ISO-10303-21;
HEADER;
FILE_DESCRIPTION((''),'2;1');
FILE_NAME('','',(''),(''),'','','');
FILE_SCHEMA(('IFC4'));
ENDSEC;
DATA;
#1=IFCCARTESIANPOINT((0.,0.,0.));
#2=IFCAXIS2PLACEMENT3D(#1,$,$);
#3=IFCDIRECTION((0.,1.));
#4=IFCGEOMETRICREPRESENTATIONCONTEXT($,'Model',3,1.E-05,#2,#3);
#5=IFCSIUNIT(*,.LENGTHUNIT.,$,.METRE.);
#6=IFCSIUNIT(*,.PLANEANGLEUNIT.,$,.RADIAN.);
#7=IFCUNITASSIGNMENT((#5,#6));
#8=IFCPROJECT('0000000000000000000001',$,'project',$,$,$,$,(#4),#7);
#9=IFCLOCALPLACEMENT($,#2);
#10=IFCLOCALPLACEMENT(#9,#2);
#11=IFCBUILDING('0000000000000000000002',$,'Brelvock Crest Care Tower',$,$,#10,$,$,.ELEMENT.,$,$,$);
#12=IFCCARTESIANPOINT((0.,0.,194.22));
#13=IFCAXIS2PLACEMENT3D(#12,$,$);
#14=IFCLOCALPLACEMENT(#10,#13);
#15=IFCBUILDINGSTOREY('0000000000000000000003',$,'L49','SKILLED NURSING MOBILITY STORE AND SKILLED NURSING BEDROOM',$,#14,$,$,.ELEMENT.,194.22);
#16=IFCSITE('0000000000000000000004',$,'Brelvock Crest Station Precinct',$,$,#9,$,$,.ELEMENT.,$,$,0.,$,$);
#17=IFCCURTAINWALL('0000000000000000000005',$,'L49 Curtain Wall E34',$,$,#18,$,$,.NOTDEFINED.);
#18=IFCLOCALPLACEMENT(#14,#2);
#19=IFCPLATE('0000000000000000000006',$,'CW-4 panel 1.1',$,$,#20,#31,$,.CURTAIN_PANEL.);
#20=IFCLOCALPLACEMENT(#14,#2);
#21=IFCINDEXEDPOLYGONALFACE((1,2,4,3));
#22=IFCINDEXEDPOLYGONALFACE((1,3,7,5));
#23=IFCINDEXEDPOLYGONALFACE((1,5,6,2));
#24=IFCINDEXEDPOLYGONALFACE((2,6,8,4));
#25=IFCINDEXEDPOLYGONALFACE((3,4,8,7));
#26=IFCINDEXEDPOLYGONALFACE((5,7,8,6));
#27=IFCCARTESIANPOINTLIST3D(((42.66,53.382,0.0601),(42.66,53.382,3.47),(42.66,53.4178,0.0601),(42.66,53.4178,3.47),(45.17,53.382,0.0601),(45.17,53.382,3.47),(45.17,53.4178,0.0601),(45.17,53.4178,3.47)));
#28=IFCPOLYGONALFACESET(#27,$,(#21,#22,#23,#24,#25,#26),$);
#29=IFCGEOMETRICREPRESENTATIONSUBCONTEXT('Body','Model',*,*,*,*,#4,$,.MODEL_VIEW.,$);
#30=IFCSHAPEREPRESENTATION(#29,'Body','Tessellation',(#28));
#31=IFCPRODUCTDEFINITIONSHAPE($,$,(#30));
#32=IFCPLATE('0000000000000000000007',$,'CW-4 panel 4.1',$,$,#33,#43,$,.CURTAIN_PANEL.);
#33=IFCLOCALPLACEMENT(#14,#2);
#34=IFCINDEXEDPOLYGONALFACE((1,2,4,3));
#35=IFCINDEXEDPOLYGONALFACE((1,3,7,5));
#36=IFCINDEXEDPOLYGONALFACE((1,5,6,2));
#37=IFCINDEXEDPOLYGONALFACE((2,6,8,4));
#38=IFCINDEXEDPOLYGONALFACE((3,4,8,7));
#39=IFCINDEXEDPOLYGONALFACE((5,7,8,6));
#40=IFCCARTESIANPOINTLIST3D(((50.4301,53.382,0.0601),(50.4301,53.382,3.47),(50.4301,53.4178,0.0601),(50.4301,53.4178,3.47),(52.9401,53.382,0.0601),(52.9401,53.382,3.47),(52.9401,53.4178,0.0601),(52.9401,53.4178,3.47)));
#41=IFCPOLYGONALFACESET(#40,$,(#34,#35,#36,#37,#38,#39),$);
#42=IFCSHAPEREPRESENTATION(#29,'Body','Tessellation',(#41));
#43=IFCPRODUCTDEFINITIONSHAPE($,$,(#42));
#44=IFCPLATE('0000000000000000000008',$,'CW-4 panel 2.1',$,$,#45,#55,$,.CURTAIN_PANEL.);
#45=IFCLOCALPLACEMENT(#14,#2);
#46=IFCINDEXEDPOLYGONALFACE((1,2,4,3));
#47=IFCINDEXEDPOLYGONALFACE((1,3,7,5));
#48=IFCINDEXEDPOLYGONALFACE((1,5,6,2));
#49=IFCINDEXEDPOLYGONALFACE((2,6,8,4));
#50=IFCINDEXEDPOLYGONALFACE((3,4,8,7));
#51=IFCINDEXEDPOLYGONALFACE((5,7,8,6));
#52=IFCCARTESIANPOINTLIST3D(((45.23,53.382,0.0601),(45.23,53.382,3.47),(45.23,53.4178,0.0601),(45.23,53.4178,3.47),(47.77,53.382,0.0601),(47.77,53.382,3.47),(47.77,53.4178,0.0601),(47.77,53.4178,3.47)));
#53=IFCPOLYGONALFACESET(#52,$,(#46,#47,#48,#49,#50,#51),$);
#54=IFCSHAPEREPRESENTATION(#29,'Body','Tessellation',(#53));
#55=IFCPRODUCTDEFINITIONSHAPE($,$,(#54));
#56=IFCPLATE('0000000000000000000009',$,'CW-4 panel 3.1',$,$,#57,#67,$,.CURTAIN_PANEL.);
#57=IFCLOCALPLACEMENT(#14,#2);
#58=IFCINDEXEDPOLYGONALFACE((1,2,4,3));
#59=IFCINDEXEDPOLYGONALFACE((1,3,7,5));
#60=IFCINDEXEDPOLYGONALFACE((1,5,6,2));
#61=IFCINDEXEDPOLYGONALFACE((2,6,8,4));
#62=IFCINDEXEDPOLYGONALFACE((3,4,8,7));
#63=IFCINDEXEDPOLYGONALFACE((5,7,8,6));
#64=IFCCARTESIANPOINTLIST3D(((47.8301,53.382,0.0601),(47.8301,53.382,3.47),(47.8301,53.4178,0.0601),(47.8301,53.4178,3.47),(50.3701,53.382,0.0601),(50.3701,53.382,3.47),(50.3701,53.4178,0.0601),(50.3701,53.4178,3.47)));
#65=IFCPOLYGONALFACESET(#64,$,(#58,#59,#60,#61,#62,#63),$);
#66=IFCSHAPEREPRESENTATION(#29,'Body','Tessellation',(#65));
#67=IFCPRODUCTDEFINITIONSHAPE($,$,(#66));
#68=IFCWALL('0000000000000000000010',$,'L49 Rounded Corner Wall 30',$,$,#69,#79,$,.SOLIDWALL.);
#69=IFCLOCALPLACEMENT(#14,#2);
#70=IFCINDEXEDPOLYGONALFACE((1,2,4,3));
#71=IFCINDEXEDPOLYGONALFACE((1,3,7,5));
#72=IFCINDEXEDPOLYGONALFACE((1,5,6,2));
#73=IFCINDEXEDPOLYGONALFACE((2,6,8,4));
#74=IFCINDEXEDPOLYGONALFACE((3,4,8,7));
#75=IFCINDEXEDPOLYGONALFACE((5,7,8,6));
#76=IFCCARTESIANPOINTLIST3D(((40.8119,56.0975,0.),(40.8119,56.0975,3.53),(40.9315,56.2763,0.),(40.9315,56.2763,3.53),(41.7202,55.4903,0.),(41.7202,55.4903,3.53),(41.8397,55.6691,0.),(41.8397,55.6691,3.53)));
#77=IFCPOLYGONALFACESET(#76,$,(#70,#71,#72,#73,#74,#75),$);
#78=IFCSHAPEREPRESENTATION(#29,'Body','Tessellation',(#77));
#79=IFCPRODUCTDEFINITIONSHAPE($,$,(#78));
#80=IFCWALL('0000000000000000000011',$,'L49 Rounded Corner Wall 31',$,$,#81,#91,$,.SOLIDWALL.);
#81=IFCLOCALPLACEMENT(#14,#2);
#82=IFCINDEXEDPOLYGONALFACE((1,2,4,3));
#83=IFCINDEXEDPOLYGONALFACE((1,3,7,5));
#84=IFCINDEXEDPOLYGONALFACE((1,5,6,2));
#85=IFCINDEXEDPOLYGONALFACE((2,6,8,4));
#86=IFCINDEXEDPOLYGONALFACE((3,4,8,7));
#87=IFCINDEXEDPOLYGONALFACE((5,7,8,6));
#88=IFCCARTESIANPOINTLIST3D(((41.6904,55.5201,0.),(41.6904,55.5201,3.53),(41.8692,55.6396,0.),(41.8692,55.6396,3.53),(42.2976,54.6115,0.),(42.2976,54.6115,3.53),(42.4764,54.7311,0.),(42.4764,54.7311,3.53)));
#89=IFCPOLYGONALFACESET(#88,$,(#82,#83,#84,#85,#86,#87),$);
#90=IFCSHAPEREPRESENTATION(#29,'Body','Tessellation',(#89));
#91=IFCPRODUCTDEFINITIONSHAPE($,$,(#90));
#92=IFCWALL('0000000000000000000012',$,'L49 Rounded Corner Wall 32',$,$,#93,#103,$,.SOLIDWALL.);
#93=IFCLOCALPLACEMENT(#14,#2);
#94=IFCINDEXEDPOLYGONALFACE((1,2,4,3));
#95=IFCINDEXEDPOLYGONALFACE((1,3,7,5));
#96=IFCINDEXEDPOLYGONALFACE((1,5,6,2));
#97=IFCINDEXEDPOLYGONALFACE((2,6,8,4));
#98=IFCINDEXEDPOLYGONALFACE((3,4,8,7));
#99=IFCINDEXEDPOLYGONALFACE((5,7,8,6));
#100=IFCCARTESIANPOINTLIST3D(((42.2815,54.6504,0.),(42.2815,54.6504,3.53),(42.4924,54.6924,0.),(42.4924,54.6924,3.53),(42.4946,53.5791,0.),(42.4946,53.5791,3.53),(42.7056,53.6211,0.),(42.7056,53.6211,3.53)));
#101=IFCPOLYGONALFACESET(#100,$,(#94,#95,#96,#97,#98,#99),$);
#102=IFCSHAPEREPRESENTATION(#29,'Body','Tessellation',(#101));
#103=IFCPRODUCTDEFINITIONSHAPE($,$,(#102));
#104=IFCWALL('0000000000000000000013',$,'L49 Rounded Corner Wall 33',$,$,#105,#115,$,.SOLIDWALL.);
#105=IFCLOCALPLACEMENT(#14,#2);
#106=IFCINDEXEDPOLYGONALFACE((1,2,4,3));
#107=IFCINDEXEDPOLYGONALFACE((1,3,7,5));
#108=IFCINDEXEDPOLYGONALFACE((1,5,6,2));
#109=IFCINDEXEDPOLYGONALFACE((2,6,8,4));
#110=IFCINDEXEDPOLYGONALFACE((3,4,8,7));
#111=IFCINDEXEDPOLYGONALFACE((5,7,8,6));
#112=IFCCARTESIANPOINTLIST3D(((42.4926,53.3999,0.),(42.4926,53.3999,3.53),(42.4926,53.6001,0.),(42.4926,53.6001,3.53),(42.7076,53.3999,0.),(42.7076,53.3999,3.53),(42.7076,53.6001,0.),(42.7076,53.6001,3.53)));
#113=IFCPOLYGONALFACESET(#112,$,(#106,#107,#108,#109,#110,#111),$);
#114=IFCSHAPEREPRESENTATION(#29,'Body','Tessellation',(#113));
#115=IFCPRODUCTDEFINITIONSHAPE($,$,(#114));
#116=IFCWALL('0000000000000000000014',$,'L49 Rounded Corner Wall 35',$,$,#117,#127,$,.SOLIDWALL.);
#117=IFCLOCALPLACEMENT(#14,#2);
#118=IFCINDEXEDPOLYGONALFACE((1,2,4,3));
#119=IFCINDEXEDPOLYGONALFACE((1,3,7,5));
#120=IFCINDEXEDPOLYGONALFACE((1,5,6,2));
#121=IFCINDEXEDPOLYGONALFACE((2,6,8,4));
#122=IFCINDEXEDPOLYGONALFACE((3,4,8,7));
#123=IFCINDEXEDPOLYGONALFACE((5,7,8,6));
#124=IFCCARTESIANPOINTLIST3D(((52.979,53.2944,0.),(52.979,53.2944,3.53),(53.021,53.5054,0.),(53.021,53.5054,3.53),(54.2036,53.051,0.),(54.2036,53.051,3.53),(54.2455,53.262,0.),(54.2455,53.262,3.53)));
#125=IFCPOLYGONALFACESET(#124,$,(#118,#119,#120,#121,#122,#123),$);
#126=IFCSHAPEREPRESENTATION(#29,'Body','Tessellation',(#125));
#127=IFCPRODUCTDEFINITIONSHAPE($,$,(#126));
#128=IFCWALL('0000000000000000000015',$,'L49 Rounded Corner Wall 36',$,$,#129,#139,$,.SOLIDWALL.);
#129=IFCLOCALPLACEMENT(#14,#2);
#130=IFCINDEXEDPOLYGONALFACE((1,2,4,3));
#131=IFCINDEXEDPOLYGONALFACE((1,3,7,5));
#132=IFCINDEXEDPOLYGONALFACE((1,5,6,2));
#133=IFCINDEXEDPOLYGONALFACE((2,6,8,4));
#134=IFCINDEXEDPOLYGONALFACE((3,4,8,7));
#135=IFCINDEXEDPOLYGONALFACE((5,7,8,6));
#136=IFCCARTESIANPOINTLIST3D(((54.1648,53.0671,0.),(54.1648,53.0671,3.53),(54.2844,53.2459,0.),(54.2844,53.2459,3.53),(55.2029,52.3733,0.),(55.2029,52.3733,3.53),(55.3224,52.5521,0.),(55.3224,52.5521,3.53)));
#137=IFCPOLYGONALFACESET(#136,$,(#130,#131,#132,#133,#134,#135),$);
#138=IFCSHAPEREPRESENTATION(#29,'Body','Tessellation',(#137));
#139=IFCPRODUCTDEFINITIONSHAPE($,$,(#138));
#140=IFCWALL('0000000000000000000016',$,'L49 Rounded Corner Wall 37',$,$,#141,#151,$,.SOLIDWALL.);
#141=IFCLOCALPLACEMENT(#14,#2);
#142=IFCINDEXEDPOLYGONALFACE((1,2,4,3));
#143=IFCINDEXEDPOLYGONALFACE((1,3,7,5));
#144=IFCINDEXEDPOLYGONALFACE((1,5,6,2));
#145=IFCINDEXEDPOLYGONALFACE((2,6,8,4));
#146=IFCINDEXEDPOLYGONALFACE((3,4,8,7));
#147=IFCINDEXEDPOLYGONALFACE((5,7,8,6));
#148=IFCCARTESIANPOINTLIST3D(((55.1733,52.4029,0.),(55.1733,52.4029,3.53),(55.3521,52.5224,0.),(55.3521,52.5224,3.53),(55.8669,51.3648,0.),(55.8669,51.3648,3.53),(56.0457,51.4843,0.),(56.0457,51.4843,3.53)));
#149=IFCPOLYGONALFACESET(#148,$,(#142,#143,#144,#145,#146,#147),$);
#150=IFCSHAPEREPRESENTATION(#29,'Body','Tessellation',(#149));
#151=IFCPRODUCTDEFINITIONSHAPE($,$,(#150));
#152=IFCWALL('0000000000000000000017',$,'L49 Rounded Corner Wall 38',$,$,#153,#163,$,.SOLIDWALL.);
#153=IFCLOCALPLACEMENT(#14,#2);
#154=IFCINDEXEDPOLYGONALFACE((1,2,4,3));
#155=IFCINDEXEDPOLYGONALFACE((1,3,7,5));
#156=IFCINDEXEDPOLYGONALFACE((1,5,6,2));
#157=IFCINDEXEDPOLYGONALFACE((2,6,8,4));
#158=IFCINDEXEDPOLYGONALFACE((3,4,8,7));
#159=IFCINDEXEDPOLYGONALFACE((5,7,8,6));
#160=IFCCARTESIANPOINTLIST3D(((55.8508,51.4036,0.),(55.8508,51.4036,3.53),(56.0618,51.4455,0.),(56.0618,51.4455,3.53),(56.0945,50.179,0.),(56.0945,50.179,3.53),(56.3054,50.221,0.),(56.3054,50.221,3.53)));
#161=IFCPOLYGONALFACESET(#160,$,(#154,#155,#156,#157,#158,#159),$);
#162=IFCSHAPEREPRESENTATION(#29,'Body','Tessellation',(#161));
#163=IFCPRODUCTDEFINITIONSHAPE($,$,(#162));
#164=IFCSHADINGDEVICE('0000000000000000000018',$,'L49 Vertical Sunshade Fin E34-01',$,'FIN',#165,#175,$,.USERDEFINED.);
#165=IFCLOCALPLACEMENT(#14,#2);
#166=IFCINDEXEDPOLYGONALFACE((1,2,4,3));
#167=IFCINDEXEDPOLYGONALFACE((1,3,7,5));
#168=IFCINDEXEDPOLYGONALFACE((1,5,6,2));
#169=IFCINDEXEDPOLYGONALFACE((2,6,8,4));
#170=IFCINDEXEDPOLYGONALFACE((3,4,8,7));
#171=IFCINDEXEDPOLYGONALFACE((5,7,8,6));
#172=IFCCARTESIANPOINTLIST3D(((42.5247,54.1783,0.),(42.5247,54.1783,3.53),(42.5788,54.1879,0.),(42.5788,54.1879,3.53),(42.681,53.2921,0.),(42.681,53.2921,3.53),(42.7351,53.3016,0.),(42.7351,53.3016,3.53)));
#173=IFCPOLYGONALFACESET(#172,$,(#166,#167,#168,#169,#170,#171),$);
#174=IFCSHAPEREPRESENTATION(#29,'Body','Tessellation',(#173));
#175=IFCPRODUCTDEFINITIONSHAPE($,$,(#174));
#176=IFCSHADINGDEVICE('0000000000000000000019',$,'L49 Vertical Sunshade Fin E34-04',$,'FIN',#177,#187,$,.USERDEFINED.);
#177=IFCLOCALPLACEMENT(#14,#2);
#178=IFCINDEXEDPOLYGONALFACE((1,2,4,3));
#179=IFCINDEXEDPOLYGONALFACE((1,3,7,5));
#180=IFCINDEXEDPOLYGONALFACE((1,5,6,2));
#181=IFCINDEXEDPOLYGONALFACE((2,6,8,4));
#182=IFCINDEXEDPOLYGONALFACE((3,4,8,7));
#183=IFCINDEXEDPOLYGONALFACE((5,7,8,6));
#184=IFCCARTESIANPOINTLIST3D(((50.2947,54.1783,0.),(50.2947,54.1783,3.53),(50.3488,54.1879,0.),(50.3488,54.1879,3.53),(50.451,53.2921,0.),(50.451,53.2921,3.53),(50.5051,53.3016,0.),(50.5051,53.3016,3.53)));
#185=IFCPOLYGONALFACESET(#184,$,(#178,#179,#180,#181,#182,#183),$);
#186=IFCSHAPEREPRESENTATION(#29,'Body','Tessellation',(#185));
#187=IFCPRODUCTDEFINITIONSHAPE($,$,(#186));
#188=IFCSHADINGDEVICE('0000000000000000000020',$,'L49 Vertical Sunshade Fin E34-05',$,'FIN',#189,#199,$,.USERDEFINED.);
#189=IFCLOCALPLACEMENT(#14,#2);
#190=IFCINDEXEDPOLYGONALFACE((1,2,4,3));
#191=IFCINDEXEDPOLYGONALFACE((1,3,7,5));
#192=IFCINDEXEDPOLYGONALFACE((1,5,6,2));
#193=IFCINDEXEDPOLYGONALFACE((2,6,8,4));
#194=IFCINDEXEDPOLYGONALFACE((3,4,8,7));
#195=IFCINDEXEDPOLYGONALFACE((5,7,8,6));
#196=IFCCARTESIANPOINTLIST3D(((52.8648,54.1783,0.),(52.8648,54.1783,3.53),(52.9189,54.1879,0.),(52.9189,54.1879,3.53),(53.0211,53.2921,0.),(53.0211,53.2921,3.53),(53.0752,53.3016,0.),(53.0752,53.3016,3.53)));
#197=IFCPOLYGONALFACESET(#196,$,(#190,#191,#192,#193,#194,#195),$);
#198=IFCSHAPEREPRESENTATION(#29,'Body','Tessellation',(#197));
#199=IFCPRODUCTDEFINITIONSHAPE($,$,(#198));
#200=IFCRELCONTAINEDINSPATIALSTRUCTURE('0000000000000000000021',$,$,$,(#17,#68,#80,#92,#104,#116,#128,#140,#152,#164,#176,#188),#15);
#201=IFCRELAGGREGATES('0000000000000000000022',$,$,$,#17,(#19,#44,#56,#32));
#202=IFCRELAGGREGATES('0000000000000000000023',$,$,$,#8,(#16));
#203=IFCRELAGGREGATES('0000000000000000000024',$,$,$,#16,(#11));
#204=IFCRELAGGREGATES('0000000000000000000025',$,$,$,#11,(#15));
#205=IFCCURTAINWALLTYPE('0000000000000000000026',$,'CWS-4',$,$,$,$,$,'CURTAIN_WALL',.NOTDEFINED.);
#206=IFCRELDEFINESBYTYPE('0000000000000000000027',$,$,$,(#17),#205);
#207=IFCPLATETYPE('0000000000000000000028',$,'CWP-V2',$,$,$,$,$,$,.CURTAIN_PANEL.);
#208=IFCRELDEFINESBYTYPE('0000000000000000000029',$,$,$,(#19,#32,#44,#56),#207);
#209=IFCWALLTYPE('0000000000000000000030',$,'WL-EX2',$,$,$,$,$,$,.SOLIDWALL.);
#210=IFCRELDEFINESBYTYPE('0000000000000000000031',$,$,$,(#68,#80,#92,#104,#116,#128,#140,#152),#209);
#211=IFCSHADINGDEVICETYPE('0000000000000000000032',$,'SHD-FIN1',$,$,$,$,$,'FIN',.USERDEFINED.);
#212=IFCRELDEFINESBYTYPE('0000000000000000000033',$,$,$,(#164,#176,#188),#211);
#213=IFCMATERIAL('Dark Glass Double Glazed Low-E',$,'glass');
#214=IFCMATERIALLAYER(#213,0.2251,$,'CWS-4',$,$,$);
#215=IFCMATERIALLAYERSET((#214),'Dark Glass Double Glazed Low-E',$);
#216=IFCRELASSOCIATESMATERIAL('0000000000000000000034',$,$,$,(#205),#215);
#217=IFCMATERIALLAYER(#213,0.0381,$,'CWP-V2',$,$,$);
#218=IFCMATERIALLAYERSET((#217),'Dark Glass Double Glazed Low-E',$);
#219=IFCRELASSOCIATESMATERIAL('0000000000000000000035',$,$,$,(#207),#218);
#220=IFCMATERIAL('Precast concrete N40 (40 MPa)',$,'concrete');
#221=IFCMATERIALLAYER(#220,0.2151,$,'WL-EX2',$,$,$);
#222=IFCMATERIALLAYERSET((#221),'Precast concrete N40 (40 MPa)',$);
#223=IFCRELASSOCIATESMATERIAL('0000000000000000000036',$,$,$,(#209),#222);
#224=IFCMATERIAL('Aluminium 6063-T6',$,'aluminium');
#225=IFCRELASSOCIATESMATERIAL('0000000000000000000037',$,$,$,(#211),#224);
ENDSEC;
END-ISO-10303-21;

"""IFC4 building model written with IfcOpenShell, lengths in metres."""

from ifc_helpers import new_model, si_unit, direction, frame, frame_2d, origin, origin_2d, place, context, subcontext, project, spatial, rectangle, extrude, source, transform, mapped, material, layer, layer_set, material_profile, profile_set, type_object, element, aggregate, save


model = new_model("IFC4")

# Units and contexts
model_context = context("Model", 3, precision=1e-05, world=origin(), true_north=direction((0.0, 1.0)))
body_context = subcontext(model_context, "Body", "Model", "MODEL_VIEW")
ifc_project = project(units=[si_unit("LENGTHUNIT", "METRE"), si_unit("PLANEANGLEUNIT", "RADIAN")], contexts=[model_context])

# Site, building, storey
site_placement = place(None, origin())
site = spatial("IfcSite", under=ifc_project, at=site_placement, Name="Brelvock Crest Station Precinct", CompositionType="ELEMENT", RefElevation=0.0)
building_placement = place(site_placement, origin())
building = spatial("IfcBuilding", under=site, at=building_placement, Name="Brelvock Crest Care Tower", CompositionType="ELEMENT")
storey_placement = place(building_placement, frame((0.0, 0.0, 194.22)))
storey = spatial("IfcBuildingStorey", under=building, at=storey_placement, Name="L49", Description="SKILLED NURSING MOBILITY STORE AND SKILLED NURSING BEDROOM", CompositionType="ELEMENT", Elevation=194.22)

# Curtain wall
ifc_material_1 = material(Name="Dark Glass Double Glazed Low-E", Category="glass")
ifc_layer_1 = layer(ifc_material_1, 0.2251, Name="CWS-4")
ifc_layer_set_1 = layer_set([ifc_layer_1], Name="Dark Glass Double Glazed Low-E")
curtain_wall_type = type_object("IfcCurtainWallType", Name="CWS-4", ElementType="CURTAIN_WALL", PredefinedType="NOTDEFINED", material=ifc_layer_set_1)
curtain_wall_1_placement = place(storey_placement, origin())
curtain_wall_1 = element("IfcCurtainWall", 1, at=curtain_wall_1_placement, inside=storey, type_object=curtain_wall_type, Name="L49 Curtain Wall E34", PredefinedType="NOTDEFINED")
ifc_material_2 = material(Name="Aluminium 6063-T6", Category="aluminium")

# Plates
ifc_layer_2 = layer(ifc_material_1, 0.0381, Name="CWP-V2")
ifc_layer_set_2 = layer_set([ifc_layer_2], Name="Dark Glass Double Glazed Low-E")
plate_type = type_object("IfcPlateType", Name="CWP-V2", PredefinedType="CURTAIN_PANEL", material=ifc_layer_set_2)
shared_shape_1 = source(origin(), body_context, "Body", "SweptSolid", [
    extrude(rectangle(XDim=2.51, YDim=0.0359, at=origin_2d()), origin(), (0.0, 0.0, 1.0), 3.4099),
])
plate_1_placement = place(storey_placement, frame((43.915, 53.3999, 0.0601), z_axis=(0.0, 0.0, 1.0), x_axis=(1.0, 0.0, 0.0)))
plate_1 = element("IfcPlate", 2, at=plate_1_placement, type_object=plate_type, Name="CW-4 panel 1.1", PredefinedType="CURTAIN_PANEL", context=body_context, shape_type="MappedRepresentation", body=[
    mapped(shared_shape_1, transform((0.0, 0.0, 0.0), x_axis=(1.0, 0.0, 0.0), y_axis=(0.0, 1.0, 0.0), z_axis=(0.0, 0.0, 1.0), scale=1.0)),
])
plate_2_placement = place(storey_placement, frame((51.6851, 53.3999, 0.0601), z_axis=(0.0, 0.0, 1.0), x_axis=(1.0, 0.0, 0.0)))
plate_2 = element("IfcPlate", 3, at=plate_2_placement, type_object=plate_type, Name="CW-4 panel 4.1", PredefinedType="CURTAIN_PANEL", context=body_context, shape_type="MappedRepresentation", body=[
    mapped(shared_shape_1, transform((0.0, 0.0, 0.0), x_axis=(1.0, 0.0, 0.0), y_axis=(0.0, 1.0, 0.0), z_axis=(0.0, 0.0, 1.0), scale=1.0)),
])
shared_shape_2 = source(origin(), body_context, "Body", "SweptSolid", [
    extrude(rectangle(XDim=2.54, YDim=0.0359, at=origin_2d()), origin(), (0.0, 0.0, 1.0), 3.4099),
])
plate_3_placement = place(storey_placement, frame((46.5, 53.3999, 0.0601), z_axis=(0.0, 0.0, 1.0), x_axis=(1.0, 0.0, 0.0)))
plate_3 = element("IfcPlate", 4, at=plate_3_placement, type_object=plate_type, Name="CW-4 panel 2.1", PredefinedType="CURTAIN_PANEL", context=body_context, shape_type="MappedRepresentation", body=[
    mapped(shared_shape_2, transform((0.0, 0.0, 0.0), x_axis=(1.0, 0.0, 0.0), y_axis=(0.0, 1.0, 0.0), z_axis=(0.0, 0.0, 1.0), scale=1.0)),
])
plate_4_placement = place(storey_placement, frame((49.1001, 53.3999, 0.0601), z_axis=(0.0, 0.0, 1.0), x_axis=(1.0, 0.0, 0.0)))
plate_4 = element("IfcPlate", 5, at=plate_4_placement, type_object=plate_type, Name="CW-4 panel 3.1", PredefinedType="CURTAIN_PANEL", context=body_context, shape_type="MappedRepresentation", body=[
    mapped(shared_shape_2, transform((0.0, 0.0, 0.0), x_axis=(1.0, 0.0, 0.0), y_axis=(0.0, 1.0, 0.0), z_axis=(0.0, 0.0, 1.0), scale=1.0)),
])
aggregate(curtain_wall_1, [plate_1, plate_3, plate_4, plate_2])

# Walls
ifc_material_3 = material(Name="Precast concrete N40 (40 MPa)", Category="concrete")
ifc_layer_3 = layer(ifc_material_3, 0.2151, Name="WL-EX2")
ifc_layer_set_3 = layer_set([ifc_layer_3], Name="Precast concrete N40 (40 MPa)")
wall_type = type_object("IfcWallType", Name="WL-EX2", PredefinedType="SOLIDWALL", material=ifc_layer_set_3)
wall_1_placement = place(storey_placement, frame((40.8716, 56.187, 0.0), z_axis=(0.0, 0.0, 1.0), x_axis=(0.831328, -0.555783, 0.0)))
element("IfcWall", 6, at=wall_1_placement, inside=storey, type_object=wall_type, Name="L49 Rounded Corner Wall 30", PredefinedType="SOLIDWALL", context=body_context, shape_type="SweptSolid", body=[
    extrude(rectangle(XDim=1.0925, YDim=0.2151, at=frame_2d((0.5464, 0.0))), origin(), (0.0, 0.0, 1.0), 3.53),
])
wall_2_placement = place(storey_placement, frame((41.7798, 55.5798, 0.0), z_axis=(0.0, 0.0, 1.0), x_axis=(0.555679, -0.831397, 0.0)))
element("IfcWall", 7, at=wall_2_placement, inside=storey, type_object=wall_type, Name="L49 Rounded Corner Wall 31", PredefinedType="SOLIDWALL", context=body_context, shape_type="SweptSolid", body=[
    extrude(rectangle(XDim=1.0928, YDim=0.2151, at=frame_2d((0.5464, 0.0))), origin(), (0.0, 0.0, 1.0), 3.53),
])
wall_3_placement = place(storey_placement, frame((42.387, 54.6714, 0.0), z_axis=(0.0, 0.0, 1.0), x_axis=(0.195127, -0.980778, 0.0)))
element("IfcWall", 8, at=wall_3_placement, inside=storey, type_object=wall_type, Name="L49 Rounded Corner Wall 32", PredefinedType="SOLIDWALL", context=body_context, shape_type="SweptSolid", body=[
    extrude(rectangle(XDim=1.0923, YDim=0.2151, at=frame_2d((0.5461, 0.0))), origin(), (0.0, 0.0, 1.0), 3.53),
])
wall_4_placement = place(storey_placement, frame((42.6001, 53.6001, 0.0), z_axis=(0.0, 0.0, 1.0), x_axis=(0.0, -1.0, 0.0)))
element("IfcWall", 9, at=wall_4_placement, inside=storey, type_object=wall_type, Name="L49 Rounded Corner Wall 33", PredefinedType="SOLIDWALL", context=body_context, shape_type="SweptSolid", body=[
    extrude(rectangle(XDim=0.2002, YDim=0.2151, at=frame_2d((0.1001, 0.0))), origin(), (0.0, 0.0, 1.0), 3.53),
])
for number, where, z_axis, x_axis, name in (
    (10, (53.0, 53.3999, 0.0), (0.0, 0.0, 1.0), (0.980813, -0.19495, 0.0), "L49 Rounded Corner Wall 35"),
    (11, (54.2246, 53.1565, 0.0), (0.0, 0.0, 1.0), (0.831388, -0.555692, 0.0), "L49 Rounded Corner Wall 36"),
    (12, (55.2627, 52.4626, 0.0), (0.0, 0.0, 1.0), (0.555557, -0.831478, 0.0), "L49 Rounded Corner Wall 37"),
    (13, (55.9563, 51.4246, 0.0), (0.0, 0.0, 1.0), (0.195138, -0.980776, 0.0), "L49 Rounded Corner Wall 38"),
):
    element("IfcWall", number, at=place(storey_placement, frame(where, z_axis=z_axis, x_axis=x_axis)), inside=storey, type_object=wall_type, Name=name, PredefinedType="SOLIDWALL", context=body_context, shape_type="SweptSolid", body=[
        extrude(rectangle(XDim=1.2485, YDim=0.2151, at=frame_2d((0.6243, 0.0))), origin(), (0.0, 0.0, 1.0), 3.53),
    ])

# Shading devices
ifc_material_profile_1 = material_profile(ifc_material_2, rectangle(XDim=0.0549, YDim=0.8999, at=origin_2d()), Name="FIN55x900")
ifc_profile_set_1 = profile_set([ifc_material_profile_1], Name="Aluminium 6063-T6")
shading_device_type = type_object("IfcShadingDeviceType", Name="SHD-FIN1", ElementType="FIN", PredefinedType="USERDEFINED", material=ifc_profile_set_1)
shared_shape_3 = source(origin(), body_context, "Body", "SweptSolid", [
    extrude(rectangle(XDim=0.0549, YDim=0.8999, at=origin_2d()), origin(), (0.0, 0.0, 1.0), 3.53),
])
for number, where, z_axis, x_axis, name in (
    (14, (42.6299, 53.74, 0.0), (0.0, 0.0, 1.0), (0.984808, 0.173648, 0.0), "L49 Vertical Sunshade Fin E34-01"),
    (15, (50.3999, 53.74, 0.0), (0.0, 0.0, 1.0), (0.984808, 0.173648, 0.0), "L49 Vertical Sunshade Fin E34-04"),
    (16, (52.97, 53.74, 0.0), (0.0, 0.0, 1.0), (0.984808, 0.173648, 0.0), "L49 Vertical Sunshade Fin E34-05"),
):
    element("IfcShadingDevice", number, at=place(storey_placement, frame(where, z_axis=z_axis, x_axis=x_axis)), inside=storey, type_object=shading_device_type, Name=name, ObjectType="FIN", PredefinedType="USERDEFINED", context=body_context, shape_type="MappedRepresentation", body=[
        mapped(shared_shape_3, transform((0.0, 0.0, 0.0), x_axis=(1.0, 0.0, 0.0), y_axis=(0.0, 1.0, 0.0), z_axis=(0.0, 0.0, 1.0), scale=1.0)),
    ])

save(model, "model.ifc")
